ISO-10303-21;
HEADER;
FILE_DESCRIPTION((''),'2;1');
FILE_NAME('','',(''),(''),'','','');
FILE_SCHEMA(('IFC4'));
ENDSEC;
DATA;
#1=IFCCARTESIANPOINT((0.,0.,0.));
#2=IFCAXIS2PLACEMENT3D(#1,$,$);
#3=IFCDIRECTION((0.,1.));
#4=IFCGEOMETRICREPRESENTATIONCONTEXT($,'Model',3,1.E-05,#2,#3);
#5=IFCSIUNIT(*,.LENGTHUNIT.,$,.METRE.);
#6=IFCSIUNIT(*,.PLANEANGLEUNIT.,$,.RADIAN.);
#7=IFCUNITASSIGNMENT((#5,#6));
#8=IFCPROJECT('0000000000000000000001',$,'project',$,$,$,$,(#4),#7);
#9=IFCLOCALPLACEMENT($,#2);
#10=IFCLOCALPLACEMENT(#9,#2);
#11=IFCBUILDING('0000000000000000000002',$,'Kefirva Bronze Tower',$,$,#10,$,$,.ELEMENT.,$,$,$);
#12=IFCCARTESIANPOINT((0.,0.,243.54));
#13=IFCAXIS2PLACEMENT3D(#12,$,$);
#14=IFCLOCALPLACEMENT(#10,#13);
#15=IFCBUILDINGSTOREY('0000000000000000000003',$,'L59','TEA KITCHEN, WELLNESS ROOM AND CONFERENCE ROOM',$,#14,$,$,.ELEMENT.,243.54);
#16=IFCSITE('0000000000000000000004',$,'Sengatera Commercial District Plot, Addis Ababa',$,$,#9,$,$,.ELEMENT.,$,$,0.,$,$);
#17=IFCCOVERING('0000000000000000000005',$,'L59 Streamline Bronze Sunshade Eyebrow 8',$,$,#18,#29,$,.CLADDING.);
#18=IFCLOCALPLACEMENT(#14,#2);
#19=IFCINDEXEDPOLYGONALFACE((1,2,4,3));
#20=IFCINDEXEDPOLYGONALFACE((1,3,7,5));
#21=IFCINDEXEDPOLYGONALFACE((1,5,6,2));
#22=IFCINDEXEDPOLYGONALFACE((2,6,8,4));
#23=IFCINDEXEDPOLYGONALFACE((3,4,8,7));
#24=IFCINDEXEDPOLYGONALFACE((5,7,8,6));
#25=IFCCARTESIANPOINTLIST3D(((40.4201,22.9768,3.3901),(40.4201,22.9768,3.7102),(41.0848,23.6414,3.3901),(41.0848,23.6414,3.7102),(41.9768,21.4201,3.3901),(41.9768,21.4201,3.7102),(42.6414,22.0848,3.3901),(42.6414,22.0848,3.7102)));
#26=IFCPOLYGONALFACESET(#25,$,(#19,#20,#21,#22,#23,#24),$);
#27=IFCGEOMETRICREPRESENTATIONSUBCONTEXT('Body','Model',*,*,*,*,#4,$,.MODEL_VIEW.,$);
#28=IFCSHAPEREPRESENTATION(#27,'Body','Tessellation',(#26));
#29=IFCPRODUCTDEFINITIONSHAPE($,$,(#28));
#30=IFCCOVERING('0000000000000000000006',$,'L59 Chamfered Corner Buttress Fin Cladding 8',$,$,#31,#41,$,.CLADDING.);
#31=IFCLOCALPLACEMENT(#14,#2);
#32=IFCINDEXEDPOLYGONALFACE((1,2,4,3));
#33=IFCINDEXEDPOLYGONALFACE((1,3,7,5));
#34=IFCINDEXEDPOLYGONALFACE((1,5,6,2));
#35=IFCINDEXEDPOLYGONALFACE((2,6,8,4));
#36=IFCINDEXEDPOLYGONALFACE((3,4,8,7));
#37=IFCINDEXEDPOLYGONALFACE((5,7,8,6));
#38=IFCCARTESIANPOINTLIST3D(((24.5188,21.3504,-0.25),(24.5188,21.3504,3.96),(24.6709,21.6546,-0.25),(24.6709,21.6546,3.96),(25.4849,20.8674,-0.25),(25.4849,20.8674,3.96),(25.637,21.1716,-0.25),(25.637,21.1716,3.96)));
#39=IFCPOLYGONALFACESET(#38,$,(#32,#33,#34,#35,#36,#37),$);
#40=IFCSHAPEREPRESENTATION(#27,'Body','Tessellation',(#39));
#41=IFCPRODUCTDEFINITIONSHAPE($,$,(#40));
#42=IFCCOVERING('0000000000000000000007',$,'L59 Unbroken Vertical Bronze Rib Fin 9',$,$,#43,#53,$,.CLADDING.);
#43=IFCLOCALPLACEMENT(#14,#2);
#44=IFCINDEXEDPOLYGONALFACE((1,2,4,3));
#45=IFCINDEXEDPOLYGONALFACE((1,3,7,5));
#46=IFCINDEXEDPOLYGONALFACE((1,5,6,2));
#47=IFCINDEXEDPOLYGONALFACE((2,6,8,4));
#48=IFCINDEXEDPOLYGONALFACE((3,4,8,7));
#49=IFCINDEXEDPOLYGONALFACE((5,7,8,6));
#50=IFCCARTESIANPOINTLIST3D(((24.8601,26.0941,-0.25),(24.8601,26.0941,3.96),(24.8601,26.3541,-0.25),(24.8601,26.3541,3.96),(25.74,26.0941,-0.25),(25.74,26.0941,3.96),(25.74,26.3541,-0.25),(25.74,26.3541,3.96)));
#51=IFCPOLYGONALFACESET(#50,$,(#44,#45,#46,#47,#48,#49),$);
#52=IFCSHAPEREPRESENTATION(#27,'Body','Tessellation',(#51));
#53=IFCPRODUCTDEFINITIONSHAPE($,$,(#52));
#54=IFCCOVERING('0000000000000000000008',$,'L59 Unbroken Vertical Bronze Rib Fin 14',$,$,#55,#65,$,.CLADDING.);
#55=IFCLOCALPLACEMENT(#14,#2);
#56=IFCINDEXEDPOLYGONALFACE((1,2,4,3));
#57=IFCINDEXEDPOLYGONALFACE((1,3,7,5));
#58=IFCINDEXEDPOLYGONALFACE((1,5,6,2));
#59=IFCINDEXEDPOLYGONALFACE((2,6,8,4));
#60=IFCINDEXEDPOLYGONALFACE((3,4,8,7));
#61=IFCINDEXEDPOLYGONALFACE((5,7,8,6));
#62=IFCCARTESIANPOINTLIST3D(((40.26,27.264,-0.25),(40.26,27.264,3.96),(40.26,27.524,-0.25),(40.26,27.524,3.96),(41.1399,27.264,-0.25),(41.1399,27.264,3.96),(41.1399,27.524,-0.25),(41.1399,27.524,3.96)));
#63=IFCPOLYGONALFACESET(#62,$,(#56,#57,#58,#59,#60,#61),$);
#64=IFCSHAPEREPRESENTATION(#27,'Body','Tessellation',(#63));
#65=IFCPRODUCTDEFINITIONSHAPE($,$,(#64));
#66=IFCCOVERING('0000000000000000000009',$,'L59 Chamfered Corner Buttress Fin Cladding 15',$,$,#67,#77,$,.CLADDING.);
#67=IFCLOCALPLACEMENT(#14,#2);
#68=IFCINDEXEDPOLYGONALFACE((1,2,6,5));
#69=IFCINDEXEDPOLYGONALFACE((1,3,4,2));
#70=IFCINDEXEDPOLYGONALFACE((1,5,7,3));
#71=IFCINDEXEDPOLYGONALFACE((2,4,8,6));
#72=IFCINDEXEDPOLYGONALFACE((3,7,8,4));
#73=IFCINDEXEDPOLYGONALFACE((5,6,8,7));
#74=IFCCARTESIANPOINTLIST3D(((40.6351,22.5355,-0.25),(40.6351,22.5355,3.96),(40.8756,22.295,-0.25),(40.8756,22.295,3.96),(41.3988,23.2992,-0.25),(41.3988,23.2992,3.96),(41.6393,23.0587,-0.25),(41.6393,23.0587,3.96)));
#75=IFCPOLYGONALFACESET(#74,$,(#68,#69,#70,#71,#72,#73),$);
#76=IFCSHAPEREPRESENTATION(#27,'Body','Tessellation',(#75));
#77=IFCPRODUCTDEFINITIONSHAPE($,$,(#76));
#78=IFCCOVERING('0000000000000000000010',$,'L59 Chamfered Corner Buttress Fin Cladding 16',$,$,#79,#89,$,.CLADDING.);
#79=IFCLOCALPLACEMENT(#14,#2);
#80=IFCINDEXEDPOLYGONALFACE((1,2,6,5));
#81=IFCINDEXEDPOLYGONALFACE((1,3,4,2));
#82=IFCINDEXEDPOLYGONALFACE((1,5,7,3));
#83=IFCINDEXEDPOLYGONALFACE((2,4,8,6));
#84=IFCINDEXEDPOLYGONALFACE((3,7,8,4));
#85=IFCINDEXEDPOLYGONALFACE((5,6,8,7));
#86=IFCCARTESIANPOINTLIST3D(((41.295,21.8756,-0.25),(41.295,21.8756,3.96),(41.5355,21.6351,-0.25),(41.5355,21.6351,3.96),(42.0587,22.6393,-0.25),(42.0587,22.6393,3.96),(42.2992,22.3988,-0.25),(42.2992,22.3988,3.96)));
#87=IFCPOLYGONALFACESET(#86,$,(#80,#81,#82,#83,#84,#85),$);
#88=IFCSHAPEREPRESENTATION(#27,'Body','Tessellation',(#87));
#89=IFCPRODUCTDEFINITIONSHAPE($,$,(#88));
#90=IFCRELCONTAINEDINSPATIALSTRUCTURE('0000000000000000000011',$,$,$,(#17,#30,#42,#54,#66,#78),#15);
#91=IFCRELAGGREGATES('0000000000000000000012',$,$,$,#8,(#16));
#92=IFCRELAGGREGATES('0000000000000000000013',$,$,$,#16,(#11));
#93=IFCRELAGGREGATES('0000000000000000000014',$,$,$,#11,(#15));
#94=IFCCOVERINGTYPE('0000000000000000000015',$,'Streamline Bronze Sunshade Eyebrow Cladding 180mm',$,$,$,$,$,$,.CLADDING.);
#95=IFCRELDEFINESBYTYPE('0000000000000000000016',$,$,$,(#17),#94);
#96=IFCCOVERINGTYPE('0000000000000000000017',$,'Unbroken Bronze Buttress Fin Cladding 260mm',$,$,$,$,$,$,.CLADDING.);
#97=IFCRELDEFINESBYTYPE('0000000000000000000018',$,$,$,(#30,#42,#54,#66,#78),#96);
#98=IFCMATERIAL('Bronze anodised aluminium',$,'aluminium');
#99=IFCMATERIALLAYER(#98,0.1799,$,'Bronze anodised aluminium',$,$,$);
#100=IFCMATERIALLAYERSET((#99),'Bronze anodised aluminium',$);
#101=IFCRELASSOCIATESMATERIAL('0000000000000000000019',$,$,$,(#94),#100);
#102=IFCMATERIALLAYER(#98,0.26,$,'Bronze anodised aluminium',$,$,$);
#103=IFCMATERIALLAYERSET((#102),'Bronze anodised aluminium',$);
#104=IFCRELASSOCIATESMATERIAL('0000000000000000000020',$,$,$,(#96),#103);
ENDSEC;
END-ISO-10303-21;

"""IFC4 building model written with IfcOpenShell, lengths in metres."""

from ifc_helpers import new_model, si_unit, direction, frame, origin, origin_2d, place, context, subcontext, project, spatial, rectangle, extrude, material, layer, layer_set, type_object, element, save


model = new_model("IFC4")

# Units and contexts
model_context = context("Model", 3, precision=1e-05, world=origin(), true_north=direction((0.0, 1.0)))
body_context = subcontext(model_context, "Body", "Model", "MODEL_VIEW")
ifc_project = project(units=[si_unit("LENGTHUNIT", "METRE"), si_unit("PLANEANGLEUNIT", "RADIAN")], contexts=[model_context])

# Site, building, storey
site_placement = place(None, origin())
site = spatial("IfcSite", under=ifc_project, at=site_placement, Name="Sengatera Commercial District Plot, Addis Ababa", CompositionType="ELEMENT", RefElevation=0.0)
building_placement = place(site_placement, origin())
building = spatial("IfcBuilding", under=site, at=building_placement, Name="Kefirva Bronze Tower", CompositionType="ELEMENT")
storey_placement = place(building_placement, frame((0.0, 0.0, 243.54)))
storey = spatial("IfcBuildingStorey", under=building, at=storey_placement, Name="L59", Description="TEA KITCHEN, WELLNESS ROOM AND CONFERENCE ROOM", CompositionType="ELEMENT", Elevation=243.54)

# Coverings
ifc_material_1 = material(Name="Bronze anodised aluminium", Category="aluminium")
ifc_layer_1 = layer(ifc_material_1, 0.1799, Name="Bronze anodised aluminium")
ifc_layer_set_1 = layer_set([ifc_layer_1], Name="Bronze anodised aluminium")
covering_type_1 = type_object("IfcCoveringType", Name="Streamline Bronze Sunshade Eyebrow Cladding 180mm", PredefinedType="CLADDING", material=ifc_layer_set_1)
covering_1_placement = place(storey_placement, frame((41.5308, 22.5308, 3.3901), z_axis=(0.0, 0.0, 1.0), x_axis=(0.707107, -0.707107, 0.0)))
element("IfcCovering", 1, at=covering_1_placement, inside=storey, type_object=covering_type_1, Name="L59 Streamline Bronze Sunshade Eyebrow 8", PredefinedType="CLADDING", context=body_context, shape_type="SweptSolid", body=[
    extrude(rectangle(XDim=2.2014, YDim=0.9399, at=origin_2d()), origin(), (0.0, 0.0, 1.0), 0.3201),
])
ifc_layer_2 = layer(ifc_material_1, 0.26, Name="Bronze anodised aluminium")
ifc_layer_set_2 = layer_set([ifc_layer_2], Name="Bronze anodised aluminium")
covering_type_2 = type_object("IfcCoveringType", Name="Unbroken Bronze Buttress Fin Cladding 260mm", PredefinedType="CLADDING", material=ifc_layer_set_2)
covering_2_placement = place(storey_placement, frame((25.0779, 21.261, -0.25), z_axis=(0.0, 0.0, 1.0), x_axis=(0.447214, 0.894427, 0.0)))
element("IfcCovering", 2, at=covering_2_placement, inside=storey, type_object=covering_type_2, Name="L59 Chamfered Corner Buttress Fin Cladding 8", PredefinedType="CLADDING", context=body_context, shape_type="SweptSolid", body=[
    extrude(rectangle(XDim=0.3401, YDim=1.0801, at=origin_2d()), origin(), (0.0, 0.0, 1.0), 4.21),
])
for number, where, z_axis, x_axis, name in (
    (3, (25.3, 26.2241, -0.25), (0.0, 0.0, 1.0), (0.0, 1.0, 0.0), "L59 Unbroken Vertical Bronze Rib Fin 9"),
    (4, (40.7, 27.394, -0.25), (0.0, 0.0, 1.0), (0.0, -1.0, 0.0), "L59 Unbroken Vertical Bronze Rib Fin 14"),
):
    element("IfcCovering", number, at=place(storey_placement, frame(where, z_axis=z_axis, x_axis=x_axis)), inside=storey, type_object=covering_type_2, Name=name, PredefinedType="CLADDING", context=body_context, shape_type="SweptSolid", body=[
        extrude(rectangle(XDim=0.26, YDim=0.8799, at=origin_2d()), origin(), (0.0, 0.0, 1.0), 4.21),
    ])
for number, where, z_axis, x_axis, name in (
    (5, (41.1372, 22.7971, -0.25), (0.0, 0.0, 1.0), (0.707107, -0.707107, 0.0), "L59 Chamfered Corner Buttress Fin Cladding 15"),
    (6, (41.7971, 22.1372, -0.25), (0.0, 0.0, 1.0), (0.707107, -0.707107, 0.0), "L59 Chamfered Corner Buttress Fin Cladding 16"),
):
    element("IfcCovering", number, at=place(storey_placement, frame(where, z_axis=z_axis, x_axis=x_axis)), inside=storey, type_object=covering_type_2, Name=name, PredefinedType="CLADDING", context=body_context, shape_type="SweptSolid", body=[
        extrude(rectangle(XDim=0.3401, YDim=1.0801, at=origin_2d()), origin(), (0.0, 0.0, 1.0), 4.21),
    ])

save(model, "model.ifc")
